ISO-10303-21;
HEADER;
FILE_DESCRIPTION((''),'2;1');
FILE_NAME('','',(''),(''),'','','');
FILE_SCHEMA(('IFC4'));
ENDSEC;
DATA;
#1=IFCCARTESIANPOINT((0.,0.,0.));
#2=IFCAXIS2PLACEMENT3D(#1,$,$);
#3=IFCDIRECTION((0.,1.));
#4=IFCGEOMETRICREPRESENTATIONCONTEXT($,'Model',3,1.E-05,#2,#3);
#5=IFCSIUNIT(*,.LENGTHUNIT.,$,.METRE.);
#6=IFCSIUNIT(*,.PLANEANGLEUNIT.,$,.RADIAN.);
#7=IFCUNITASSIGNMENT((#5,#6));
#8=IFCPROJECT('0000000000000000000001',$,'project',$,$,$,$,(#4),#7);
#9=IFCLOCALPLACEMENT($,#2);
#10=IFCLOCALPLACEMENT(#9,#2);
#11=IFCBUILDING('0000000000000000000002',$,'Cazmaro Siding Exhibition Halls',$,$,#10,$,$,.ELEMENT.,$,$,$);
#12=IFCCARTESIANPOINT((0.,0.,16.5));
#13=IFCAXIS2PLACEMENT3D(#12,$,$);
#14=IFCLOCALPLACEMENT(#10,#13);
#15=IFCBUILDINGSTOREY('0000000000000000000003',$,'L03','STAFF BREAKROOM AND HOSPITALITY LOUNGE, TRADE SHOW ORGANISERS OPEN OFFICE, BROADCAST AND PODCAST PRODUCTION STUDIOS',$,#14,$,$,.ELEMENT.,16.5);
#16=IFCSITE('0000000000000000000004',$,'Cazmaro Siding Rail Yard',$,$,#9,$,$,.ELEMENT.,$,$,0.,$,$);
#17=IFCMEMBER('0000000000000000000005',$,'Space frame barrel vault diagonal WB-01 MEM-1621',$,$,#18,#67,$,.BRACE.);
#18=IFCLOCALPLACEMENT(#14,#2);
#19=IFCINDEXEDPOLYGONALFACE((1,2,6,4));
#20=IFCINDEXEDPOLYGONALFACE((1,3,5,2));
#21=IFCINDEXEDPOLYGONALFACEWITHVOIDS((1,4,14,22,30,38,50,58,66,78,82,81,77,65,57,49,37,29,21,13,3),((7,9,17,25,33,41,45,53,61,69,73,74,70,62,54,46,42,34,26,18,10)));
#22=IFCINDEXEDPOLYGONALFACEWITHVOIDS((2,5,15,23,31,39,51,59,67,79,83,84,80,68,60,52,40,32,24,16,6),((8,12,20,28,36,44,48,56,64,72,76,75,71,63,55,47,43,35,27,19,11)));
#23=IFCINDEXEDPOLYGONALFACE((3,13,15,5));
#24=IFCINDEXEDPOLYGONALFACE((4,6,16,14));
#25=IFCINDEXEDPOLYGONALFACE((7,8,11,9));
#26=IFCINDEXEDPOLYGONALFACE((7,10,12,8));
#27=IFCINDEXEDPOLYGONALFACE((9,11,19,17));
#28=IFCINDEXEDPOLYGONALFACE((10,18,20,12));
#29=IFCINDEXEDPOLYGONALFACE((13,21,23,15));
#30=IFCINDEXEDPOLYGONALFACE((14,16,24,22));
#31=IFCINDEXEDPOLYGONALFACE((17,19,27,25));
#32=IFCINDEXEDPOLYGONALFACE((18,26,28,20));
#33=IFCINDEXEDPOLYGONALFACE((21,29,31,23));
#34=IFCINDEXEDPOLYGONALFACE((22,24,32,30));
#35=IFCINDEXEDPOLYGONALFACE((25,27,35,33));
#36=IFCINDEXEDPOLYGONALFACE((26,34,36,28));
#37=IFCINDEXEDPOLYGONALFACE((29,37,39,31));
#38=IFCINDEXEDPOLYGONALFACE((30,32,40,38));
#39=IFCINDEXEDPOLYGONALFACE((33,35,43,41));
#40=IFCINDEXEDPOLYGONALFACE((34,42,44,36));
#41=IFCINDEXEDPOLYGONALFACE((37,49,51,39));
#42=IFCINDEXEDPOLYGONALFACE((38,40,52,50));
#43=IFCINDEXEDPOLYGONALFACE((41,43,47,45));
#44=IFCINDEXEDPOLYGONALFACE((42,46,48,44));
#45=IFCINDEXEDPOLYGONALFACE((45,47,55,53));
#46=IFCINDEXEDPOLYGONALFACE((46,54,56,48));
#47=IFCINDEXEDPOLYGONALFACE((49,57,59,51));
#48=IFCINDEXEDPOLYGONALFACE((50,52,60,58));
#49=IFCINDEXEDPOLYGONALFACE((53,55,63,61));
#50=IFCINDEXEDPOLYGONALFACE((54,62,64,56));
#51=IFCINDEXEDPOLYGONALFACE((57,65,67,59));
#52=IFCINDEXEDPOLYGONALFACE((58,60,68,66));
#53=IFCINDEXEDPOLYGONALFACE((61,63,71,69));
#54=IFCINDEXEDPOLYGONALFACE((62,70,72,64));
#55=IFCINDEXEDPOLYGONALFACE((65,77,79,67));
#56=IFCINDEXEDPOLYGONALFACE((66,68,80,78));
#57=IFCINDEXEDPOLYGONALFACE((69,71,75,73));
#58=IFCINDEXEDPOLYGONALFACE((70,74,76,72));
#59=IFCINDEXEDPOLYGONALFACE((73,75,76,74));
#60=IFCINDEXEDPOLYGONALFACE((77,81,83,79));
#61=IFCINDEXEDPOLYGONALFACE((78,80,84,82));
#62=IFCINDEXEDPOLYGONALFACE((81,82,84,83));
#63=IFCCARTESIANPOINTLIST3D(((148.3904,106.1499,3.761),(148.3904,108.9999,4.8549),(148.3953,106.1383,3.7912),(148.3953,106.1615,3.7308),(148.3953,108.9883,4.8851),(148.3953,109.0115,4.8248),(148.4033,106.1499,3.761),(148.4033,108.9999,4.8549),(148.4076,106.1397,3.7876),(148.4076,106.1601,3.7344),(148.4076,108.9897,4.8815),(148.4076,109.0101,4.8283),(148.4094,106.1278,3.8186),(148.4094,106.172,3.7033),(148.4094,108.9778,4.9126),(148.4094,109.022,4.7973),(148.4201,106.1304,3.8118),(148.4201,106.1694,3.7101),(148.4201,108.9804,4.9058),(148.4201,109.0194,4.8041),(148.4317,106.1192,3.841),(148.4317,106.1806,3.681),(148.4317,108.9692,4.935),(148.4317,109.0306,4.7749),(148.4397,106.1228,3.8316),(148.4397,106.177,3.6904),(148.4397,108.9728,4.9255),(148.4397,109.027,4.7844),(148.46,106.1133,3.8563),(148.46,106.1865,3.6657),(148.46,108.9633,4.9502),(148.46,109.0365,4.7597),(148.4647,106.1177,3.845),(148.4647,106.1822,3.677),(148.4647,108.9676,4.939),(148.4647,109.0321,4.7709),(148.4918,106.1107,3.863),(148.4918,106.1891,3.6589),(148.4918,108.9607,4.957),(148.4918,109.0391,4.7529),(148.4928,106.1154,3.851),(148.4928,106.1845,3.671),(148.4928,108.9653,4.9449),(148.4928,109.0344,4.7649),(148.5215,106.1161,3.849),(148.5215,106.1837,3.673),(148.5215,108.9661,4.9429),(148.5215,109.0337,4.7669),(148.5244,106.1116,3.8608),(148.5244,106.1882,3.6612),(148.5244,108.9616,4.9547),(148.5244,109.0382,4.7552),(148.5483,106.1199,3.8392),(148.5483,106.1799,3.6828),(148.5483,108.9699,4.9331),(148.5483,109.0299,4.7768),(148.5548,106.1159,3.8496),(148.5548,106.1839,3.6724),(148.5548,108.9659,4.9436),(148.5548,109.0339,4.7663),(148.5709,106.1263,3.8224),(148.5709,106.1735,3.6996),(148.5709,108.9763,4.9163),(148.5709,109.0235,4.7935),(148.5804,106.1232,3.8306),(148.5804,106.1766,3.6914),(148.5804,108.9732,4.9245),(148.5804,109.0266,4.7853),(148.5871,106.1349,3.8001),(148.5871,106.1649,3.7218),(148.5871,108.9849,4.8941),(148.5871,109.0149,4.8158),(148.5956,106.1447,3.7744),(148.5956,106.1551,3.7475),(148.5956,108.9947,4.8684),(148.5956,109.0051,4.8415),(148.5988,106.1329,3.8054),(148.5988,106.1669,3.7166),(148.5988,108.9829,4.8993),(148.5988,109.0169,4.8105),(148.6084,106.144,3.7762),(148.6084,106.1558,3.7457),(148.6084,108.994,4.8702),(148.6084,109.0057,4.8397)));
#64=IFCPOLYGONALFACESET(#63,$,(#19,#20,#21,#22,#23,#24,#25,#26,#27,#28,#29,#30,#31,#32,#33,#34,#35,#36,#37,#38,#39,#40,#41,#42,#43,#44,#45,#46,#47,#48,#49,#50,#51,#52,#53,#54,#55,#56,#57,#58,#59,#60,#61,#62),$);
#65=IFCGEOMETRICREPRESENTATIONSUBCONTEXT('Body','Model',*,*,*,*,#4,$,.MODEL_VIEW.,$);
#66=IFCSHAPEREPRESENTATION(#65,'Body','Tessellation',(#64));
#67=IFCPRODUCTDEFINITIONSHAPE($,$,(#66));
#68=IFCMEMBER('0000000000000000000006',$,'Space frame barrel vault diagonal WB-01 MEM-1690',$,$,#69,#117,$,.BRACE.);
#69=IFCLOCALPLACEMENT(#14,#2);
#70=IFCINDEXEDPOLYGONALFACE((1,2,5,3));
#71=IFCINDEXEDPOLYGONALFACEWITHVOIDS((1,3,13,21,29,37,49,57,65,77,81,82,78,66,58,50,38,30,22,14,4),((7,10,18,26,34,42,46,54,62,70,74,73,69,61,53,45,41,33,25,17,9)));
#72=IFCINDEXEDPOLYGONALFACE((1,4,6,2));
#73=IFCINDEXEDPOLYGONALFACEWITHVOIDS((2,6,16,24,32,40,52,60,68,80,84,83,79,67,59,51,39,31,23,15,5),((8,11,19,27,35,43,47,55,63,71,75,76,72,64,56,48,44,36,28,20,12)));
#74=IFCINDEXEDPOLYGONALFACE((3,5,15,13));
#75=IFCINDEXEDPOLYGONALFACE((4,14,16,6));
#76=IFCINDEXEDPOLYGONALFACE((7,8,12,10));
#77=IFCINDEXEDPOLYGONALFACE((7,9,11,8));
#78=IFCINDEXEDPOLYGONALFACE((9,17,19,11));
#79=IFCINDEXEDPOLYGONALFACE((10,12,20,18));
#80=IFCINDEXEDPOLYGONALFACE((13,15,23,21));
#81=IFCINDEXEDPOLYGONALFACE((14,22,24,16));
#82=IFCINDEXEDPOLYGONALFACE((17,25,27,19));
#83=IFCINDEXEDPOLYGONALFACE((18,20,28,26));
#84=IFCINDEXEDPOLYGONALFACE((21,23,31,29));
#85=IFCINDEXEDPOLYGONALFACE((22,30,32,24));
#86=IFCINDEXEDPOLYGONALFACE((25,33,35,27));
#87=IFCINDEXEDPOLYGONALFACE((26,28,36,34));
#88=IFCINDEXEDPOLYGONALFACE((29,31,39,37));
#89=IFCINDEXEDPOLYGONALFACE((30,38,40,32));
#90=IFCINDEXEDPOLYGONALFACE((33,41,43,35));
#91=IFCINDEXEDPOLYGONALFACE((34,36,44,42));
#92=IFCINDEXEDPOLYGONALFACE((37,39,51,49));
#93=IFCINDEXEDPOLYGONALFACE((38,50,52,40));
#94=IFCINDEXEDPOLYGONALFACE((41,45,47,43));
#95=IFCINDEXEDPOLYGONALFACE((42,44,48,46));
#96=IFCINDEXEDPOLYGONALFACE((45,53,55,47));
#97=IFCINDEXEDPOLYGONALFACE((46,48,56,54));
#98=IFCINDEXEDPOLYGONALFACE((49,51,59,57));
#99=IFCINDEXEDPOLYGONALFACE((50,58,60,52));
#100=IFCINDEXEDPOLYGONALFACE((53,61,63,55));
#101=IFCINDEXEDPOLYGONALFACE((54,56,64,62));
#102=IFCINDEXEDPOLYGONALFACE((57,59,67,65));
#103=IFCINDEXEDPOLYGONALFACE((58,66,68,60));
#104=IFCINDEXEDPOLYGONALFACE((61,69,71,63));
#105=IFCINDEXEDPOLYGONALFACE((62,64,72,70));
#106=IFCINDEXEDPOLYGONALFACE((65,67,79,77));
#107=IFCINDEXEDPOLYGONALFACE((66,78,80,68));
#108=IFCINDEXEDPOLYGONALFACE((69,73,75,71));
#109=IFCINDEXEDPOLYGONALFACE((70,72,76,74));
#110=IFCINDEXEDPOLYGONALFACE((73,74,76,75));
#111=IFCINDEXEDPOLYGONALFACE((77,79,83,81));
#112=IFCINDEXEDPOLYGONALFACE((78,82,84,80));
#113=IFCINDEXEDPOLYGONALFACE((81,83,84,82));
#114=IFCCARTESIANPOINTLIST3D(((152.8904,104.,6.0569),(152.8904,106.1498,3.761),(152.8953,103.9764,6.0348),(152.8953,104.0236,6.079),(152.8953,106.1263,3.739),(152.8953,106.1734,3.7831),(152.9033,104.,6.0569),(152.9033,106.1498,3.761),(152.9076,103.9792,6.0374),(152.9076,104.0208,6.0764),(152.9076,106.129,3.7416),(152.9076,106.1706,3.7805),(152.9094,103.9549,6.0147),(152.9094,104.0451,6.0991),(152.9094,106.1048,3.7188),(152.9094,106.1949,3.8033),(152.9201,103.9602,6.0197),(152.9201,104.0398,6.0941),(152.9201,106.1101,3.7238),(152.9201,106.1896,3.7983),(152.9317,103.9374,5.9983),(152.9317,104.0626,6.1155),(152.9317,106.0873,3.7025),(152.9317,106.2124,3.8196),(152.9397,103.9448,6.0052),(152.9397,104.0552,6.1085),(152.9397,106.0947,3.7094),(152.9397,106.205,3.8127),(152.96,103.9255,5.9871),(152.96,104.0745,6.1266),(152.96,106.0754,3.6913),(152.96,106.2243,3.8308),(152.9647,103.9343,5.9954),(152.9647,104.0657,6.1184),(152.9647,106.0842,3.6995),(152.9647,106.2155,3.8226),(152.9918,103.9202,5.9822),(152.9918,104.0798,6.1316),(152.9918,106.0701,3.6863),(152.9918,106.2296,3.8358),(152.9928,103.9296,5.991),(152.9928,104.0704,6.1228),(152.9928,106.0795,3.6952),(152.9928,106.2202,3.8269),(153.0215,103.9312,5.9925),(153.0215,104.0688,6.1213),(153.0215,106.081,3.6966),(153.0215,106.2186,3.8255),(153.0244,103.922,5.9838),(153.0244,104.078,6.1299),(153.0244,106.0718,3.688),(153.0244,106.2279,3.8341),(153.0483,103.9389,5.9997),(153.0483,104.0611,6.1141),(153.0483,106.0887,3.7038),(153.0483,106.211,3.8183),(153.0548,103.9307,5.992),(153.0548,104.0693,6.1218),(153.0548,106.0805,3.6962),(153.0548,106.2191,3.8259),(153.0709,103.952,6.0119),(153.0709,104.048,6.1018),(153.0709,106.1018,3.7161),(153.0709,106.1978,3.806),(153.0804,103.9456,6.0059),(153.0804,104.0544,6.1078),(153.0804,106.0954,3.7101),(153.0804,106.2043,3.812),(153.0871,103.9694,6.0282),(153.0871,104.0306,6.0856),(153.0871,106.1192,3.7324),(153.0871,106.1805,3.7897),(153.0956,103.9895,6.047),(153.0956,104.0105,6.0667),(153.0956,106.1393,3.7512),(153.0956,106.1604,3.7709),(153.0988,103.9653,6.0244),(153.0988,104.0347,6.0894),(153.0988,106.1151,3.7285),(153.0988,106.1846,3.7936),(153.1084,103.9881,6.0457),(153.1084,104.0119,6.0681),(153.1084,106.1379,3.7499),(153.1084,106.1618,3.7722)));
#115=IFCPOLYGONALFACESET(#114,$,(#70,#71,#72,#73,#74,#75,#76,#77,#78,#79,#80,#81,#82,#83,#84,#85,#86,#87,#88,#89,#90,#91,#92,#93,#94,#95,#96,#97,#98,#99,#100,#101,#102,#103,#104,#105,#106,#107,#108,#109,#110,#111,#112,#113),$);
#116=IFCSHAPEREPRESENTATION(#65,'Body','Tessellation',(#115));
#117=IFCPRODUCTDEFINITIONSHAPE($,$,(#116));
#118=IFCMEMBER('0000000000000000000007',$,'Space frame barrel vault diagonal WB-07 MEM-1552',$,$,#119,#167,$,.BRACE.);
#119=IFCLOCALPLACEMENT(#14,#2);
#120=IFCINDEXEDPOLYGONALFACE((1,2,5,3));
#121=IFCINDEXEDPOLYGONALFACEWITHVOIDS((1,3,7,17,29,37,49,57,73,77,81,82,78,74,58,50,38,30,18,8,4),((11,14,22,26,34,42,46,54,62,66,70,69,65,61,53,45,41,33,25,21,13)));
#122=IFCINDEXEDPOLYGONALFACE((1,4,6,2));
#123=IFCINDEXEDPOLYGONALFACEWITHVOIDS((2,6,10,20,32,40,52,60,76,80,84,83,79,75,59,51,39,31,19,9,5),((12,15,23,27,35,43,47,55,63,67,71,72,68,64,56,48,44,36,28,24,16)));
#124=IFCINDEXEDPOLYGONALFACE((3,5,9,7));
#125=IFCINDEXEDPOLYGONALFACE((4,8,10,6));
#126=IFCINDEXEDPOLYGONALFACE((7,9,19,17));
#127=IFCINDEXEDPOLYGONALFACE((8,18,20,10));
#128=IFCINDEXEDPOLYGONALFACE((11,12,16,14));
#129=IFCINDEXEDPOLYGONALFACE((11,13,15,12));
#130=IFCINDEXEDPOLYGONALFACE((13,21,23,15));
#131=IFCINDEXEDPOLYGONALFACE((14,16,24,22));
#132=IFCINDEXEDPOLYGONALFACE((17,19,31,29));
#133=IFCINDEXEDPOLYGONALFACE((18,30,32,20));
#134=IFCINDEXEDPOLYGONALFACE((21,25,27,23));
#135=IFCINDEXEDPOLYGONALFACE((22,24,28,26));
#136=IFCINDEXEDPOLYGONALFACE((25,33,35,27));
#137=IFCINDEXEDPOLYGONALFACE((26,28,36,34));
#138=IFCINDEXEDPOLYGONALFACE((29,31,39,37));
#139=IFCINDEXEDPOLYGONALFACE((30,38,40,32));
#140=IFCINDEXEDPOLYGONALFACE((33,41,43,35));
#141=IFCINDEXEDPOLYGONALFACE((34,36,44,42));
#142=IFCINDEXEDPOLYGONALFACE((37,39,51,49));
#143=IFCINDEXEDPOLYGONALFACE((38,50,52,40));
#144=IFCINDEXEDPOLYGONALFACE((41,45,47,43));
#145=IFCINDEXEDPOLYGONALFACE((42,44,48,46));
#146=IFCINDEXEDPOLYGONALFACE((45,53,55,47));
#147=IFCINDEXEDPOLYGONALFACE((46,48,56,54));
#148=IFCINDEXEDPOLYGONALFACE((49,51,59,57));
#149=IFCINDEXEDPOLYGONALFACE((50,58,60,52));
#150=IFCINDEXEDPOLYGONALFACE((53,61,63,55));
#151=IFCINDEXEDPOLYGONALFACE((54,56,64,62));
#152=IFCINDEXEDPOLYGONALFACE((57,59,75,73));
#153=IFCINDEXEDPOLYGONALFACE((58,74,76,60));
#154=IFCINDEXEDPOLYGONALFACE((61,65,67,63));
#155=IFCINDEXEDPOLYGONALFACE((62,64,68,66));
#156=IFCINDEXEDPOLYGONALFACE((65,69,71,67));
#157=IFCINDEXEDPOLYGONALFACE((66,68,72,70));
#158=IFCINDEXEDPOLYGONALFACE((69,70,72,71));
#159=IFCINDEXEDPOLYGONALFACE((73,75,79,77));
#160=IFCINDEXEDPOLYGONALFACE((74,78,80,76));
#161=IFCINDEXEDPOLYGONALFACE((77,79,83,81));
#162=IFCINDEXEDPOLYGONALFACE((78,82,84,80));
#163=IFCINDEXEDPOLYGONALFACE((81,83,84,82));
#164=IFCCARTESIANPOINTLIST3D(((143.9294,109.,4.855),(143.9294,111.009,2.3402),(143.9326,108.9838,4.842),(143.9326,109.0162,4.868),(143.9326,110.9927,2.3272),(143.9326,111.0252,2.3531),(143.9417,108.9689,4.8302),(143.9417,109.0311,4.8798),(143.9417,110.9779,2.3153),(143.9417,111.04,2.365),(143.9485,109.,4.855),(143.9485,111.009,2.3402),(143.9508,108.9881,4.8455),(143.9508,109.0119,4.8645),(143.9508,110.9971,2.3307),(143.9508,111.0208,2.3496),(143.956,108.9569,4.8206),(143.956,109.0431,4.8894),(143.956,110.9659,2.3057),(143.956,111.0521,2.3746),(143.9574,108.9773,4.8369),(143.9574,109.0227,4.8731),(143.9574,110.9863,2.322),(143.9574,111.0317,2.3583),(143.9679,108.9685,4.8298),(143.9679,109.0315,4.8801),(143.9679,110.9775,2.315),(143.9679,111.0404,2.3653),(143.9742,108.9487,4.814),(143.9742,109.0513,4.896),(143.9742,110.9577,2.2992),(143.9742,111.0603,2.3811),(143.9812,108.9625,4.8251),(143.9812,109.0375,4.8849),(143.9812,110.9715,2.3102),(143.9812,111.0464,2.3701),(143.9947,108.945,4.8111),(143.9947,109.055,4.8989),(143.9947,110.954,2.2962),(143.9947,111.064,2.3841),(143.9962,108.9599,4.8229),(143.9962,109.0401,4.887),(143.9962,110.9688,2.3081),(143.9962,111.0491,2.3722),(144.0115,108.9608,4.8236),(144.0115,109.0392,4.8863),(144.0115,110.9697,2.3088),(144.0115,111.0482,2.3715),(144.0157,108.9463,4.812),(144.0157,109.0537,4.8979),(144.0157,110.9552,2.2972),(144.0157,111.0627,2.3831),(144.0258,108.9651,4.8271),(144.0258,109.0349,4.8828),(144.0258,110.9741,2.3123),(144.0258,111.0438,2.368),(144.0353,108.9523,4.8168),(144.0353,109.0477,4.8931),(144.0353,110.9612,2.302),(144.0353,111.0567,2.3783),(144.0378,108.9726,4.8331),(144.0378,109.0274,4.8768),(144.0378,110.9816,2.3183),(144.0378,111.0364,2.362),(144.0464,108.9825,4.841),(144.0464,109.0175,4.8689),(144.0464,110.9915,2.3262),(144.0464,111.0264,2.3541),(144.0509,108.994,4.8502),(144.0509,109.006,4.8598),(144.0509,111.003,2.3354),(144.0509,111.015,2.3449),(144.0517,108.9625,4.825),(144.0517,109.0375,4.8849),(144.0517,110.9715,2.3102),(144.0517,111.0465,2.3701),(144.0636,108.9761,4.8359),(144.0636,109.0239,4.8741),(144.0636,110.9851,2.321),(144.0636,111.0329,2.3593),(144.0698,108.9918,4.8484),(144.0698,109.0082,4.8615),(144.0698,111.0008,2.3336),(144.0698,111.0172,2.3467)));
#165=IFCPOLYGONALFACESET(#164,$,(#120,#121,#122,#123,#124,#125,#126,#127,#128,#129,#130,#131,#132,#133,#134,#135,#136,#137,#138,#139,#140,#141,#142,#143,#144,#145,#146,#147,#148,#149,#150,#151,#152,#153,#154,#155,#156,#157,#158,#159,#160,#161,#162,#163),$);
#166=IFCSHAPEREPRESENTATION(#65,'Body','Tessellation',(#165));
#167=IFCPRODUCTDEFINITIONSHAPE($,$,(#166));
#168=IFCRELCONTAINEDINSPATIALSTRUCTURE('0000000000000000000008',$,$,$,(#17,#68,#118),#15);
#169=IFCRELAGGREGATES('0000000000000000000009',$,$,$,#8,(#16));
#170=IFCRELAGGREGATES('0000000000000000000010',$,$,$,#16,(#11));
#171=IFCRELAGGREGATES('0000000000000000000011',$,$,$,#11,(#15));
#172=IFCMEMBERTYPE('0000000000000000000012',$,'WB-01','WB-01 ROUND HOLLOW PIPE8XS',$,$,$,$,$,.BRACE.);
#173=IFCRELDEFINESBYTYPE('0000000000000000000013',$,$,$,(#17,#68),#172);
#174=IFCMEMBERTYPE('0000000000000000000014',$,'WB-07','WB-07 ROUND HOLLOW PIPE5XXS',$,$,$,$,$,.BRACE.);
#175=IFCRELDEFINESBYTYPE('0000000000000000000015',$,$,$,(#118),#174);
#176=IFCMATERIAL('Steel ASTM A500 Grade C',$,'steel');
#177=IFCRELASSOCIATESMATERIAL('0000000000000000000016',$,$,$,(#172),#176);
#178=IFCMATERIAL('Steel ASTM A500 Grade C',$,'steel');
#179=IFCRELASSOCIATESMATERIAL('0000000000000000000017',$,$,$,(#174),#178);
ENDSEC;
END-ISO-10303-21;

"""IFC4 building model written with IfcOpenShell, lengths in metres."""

from ifc_helpers import new_model, si_unit, direction, frame, origin, origin_2d, place, context, subcontext, project, spatial, hollow_circle, extrude, material, material_profile, profile_set, type_object, element, save


model = new_model("IFC4")

# Units and contexts
model_context = context("Model", 3, precision=1e-05, world=origin(), true_north=direction((0.0, 1.0)))
body_context = subcontext(model_context, "Body", "Model", "MODEL_VIEW")
ifc_project = project(units=[si_unit("LENGTHUNIT", "METRE"), si_unit("PLANEANGLEUNIT", "RADIAN")], contexts=[model_context])

# Site, building, storey
site_placement = place(None, origin())
site = spatial("IfcSite", under=ifc_project, at=site_placement, Name="Cazmaro Siding Rail Yard", CompositionType="ELEMENT", RefElevation=0.0)
building_placement = place(site_placement, origin())
building = spatial("IfcBuilding", under=site, at=building_placement, Name="Cazmaro Siding Exhibition Halls", CompositionType="ELEMENT")
storey_placement = place(building_placement, frame((0.0, 0.0, 16.5)))
storey = spatial("IfcBuildingStorey", under=building, at=storey_placement, Name="L03", Description="STAFF BREAKROOM AND HOSPITALITY LOUNGE, TRADE SHOW ORGANISERS OPEN OFFICE, BROADCAST AND PODCAST PRODUCTION STUDIOS", CompositionType="ELEMENT", Elevation=16.5)

# Members
ifc_material_1 = material(Name="Steel ASTM A500 Grade C", Category="steel")
ifc_material_profile_1 = material_profile(ifc_material_1, hollow_circle(Radius=0.1096, WallThickness=0.0129, at=origin_2d()), Name="PIPE8XS")
ifc_profile_set_1 = profile_set([ifc_material_profile_1], Name="Steel ASTM A500 Grade C")
member_type_1 = type_object("IfcMemberType", Name="WB-01", Description="WB-01 ROUND HOLLOW PIPE8XS", PredefinedType="BRACE", material=ifc_profile_set_1)
member_1_placement = place(storey_placement, frame((148.5, 106.1499, 3.761), z_axis=(0.0, 0.933587, 0.358352), x_axis=(-1.0, 0.0, 0.0)))
element("IfcMember", 1, at=member_1_placement, inside=storey, type_object=member_type_1, Name="Space frame barrel vault diagonal WB-01 MEM-1621", PredefinedType="BRACE", context=body_context, shape_type="SweptSolid", body=[
    extrude(hollow_circle(Radius=0.1096, WallThickness=0.0129, at=origin_2d()), origin(), (0.0, 0.0, 1.0), 3.0527),
])
member_2_placement = place(storey_placement, frame((153.0, 104.0, 6.0569), z_axis=(0.0, 0.683518, -0.729934), x_axis=(-1.0, 0.0, 0.0)))
element("IfcMember", 2, at=member_2_placement, inside=storey, type_object=member_type_1, Name="Space frame barrel vault diagonal WB-01 MEM-1690", PredefinedType="BRACE", context=body_context, shape_type="SweptSolid", body=[
    extrude(hollow_circle(Radius=0.1096, WallThickness=0.0129, at=origin_2d()), origin(), (0.0, 0.0, 1.0), 3.1453),
])
ifc_material_2 = material(Name="Steel ASTM A500 Grade C", Category="steel")
ifc_material_profile_2 = material_profile(ifc_material_2, hollow_circle(Radius=0.0706, WallThickness=0.019, at=origin_2d()), Name="PIPE5XXS")
ifc_profile_set_2 = profile_set([ifc_material_profile_2], Name="Steel ASTM A500 Grade C")
member_type_2 = type_object("IfcMemberType", Name="WB-07", Description="WB-07 ROUND HOLLOW PIPE5XXS", PredefinedType="BRACE", material=ifc_profile_set_2)
member_3_placement = place(storey_placement, frame((144.0, 109.0, 4.855), z_axis=(0.0, 0.624149, -0.781305), x_axis=(-1.0, 0.0, 0.0)))
element("IfcMember", 3, at=member_3_placement, inside=storey, type_object=member_type_2, Name="Space frame barrel vault diagonal WB-07 MEM-1552", PredefinedType="BRACE", context=body_context, shape_type="SweptSolid", body=[
    extrude(hollow_circle(Radius=0.0706, WallThickness=0.019, at=origin_2d()), origin(), (0.0, 0.0, 1.0), 3.2188),
])

save(model, "model.ifc")
